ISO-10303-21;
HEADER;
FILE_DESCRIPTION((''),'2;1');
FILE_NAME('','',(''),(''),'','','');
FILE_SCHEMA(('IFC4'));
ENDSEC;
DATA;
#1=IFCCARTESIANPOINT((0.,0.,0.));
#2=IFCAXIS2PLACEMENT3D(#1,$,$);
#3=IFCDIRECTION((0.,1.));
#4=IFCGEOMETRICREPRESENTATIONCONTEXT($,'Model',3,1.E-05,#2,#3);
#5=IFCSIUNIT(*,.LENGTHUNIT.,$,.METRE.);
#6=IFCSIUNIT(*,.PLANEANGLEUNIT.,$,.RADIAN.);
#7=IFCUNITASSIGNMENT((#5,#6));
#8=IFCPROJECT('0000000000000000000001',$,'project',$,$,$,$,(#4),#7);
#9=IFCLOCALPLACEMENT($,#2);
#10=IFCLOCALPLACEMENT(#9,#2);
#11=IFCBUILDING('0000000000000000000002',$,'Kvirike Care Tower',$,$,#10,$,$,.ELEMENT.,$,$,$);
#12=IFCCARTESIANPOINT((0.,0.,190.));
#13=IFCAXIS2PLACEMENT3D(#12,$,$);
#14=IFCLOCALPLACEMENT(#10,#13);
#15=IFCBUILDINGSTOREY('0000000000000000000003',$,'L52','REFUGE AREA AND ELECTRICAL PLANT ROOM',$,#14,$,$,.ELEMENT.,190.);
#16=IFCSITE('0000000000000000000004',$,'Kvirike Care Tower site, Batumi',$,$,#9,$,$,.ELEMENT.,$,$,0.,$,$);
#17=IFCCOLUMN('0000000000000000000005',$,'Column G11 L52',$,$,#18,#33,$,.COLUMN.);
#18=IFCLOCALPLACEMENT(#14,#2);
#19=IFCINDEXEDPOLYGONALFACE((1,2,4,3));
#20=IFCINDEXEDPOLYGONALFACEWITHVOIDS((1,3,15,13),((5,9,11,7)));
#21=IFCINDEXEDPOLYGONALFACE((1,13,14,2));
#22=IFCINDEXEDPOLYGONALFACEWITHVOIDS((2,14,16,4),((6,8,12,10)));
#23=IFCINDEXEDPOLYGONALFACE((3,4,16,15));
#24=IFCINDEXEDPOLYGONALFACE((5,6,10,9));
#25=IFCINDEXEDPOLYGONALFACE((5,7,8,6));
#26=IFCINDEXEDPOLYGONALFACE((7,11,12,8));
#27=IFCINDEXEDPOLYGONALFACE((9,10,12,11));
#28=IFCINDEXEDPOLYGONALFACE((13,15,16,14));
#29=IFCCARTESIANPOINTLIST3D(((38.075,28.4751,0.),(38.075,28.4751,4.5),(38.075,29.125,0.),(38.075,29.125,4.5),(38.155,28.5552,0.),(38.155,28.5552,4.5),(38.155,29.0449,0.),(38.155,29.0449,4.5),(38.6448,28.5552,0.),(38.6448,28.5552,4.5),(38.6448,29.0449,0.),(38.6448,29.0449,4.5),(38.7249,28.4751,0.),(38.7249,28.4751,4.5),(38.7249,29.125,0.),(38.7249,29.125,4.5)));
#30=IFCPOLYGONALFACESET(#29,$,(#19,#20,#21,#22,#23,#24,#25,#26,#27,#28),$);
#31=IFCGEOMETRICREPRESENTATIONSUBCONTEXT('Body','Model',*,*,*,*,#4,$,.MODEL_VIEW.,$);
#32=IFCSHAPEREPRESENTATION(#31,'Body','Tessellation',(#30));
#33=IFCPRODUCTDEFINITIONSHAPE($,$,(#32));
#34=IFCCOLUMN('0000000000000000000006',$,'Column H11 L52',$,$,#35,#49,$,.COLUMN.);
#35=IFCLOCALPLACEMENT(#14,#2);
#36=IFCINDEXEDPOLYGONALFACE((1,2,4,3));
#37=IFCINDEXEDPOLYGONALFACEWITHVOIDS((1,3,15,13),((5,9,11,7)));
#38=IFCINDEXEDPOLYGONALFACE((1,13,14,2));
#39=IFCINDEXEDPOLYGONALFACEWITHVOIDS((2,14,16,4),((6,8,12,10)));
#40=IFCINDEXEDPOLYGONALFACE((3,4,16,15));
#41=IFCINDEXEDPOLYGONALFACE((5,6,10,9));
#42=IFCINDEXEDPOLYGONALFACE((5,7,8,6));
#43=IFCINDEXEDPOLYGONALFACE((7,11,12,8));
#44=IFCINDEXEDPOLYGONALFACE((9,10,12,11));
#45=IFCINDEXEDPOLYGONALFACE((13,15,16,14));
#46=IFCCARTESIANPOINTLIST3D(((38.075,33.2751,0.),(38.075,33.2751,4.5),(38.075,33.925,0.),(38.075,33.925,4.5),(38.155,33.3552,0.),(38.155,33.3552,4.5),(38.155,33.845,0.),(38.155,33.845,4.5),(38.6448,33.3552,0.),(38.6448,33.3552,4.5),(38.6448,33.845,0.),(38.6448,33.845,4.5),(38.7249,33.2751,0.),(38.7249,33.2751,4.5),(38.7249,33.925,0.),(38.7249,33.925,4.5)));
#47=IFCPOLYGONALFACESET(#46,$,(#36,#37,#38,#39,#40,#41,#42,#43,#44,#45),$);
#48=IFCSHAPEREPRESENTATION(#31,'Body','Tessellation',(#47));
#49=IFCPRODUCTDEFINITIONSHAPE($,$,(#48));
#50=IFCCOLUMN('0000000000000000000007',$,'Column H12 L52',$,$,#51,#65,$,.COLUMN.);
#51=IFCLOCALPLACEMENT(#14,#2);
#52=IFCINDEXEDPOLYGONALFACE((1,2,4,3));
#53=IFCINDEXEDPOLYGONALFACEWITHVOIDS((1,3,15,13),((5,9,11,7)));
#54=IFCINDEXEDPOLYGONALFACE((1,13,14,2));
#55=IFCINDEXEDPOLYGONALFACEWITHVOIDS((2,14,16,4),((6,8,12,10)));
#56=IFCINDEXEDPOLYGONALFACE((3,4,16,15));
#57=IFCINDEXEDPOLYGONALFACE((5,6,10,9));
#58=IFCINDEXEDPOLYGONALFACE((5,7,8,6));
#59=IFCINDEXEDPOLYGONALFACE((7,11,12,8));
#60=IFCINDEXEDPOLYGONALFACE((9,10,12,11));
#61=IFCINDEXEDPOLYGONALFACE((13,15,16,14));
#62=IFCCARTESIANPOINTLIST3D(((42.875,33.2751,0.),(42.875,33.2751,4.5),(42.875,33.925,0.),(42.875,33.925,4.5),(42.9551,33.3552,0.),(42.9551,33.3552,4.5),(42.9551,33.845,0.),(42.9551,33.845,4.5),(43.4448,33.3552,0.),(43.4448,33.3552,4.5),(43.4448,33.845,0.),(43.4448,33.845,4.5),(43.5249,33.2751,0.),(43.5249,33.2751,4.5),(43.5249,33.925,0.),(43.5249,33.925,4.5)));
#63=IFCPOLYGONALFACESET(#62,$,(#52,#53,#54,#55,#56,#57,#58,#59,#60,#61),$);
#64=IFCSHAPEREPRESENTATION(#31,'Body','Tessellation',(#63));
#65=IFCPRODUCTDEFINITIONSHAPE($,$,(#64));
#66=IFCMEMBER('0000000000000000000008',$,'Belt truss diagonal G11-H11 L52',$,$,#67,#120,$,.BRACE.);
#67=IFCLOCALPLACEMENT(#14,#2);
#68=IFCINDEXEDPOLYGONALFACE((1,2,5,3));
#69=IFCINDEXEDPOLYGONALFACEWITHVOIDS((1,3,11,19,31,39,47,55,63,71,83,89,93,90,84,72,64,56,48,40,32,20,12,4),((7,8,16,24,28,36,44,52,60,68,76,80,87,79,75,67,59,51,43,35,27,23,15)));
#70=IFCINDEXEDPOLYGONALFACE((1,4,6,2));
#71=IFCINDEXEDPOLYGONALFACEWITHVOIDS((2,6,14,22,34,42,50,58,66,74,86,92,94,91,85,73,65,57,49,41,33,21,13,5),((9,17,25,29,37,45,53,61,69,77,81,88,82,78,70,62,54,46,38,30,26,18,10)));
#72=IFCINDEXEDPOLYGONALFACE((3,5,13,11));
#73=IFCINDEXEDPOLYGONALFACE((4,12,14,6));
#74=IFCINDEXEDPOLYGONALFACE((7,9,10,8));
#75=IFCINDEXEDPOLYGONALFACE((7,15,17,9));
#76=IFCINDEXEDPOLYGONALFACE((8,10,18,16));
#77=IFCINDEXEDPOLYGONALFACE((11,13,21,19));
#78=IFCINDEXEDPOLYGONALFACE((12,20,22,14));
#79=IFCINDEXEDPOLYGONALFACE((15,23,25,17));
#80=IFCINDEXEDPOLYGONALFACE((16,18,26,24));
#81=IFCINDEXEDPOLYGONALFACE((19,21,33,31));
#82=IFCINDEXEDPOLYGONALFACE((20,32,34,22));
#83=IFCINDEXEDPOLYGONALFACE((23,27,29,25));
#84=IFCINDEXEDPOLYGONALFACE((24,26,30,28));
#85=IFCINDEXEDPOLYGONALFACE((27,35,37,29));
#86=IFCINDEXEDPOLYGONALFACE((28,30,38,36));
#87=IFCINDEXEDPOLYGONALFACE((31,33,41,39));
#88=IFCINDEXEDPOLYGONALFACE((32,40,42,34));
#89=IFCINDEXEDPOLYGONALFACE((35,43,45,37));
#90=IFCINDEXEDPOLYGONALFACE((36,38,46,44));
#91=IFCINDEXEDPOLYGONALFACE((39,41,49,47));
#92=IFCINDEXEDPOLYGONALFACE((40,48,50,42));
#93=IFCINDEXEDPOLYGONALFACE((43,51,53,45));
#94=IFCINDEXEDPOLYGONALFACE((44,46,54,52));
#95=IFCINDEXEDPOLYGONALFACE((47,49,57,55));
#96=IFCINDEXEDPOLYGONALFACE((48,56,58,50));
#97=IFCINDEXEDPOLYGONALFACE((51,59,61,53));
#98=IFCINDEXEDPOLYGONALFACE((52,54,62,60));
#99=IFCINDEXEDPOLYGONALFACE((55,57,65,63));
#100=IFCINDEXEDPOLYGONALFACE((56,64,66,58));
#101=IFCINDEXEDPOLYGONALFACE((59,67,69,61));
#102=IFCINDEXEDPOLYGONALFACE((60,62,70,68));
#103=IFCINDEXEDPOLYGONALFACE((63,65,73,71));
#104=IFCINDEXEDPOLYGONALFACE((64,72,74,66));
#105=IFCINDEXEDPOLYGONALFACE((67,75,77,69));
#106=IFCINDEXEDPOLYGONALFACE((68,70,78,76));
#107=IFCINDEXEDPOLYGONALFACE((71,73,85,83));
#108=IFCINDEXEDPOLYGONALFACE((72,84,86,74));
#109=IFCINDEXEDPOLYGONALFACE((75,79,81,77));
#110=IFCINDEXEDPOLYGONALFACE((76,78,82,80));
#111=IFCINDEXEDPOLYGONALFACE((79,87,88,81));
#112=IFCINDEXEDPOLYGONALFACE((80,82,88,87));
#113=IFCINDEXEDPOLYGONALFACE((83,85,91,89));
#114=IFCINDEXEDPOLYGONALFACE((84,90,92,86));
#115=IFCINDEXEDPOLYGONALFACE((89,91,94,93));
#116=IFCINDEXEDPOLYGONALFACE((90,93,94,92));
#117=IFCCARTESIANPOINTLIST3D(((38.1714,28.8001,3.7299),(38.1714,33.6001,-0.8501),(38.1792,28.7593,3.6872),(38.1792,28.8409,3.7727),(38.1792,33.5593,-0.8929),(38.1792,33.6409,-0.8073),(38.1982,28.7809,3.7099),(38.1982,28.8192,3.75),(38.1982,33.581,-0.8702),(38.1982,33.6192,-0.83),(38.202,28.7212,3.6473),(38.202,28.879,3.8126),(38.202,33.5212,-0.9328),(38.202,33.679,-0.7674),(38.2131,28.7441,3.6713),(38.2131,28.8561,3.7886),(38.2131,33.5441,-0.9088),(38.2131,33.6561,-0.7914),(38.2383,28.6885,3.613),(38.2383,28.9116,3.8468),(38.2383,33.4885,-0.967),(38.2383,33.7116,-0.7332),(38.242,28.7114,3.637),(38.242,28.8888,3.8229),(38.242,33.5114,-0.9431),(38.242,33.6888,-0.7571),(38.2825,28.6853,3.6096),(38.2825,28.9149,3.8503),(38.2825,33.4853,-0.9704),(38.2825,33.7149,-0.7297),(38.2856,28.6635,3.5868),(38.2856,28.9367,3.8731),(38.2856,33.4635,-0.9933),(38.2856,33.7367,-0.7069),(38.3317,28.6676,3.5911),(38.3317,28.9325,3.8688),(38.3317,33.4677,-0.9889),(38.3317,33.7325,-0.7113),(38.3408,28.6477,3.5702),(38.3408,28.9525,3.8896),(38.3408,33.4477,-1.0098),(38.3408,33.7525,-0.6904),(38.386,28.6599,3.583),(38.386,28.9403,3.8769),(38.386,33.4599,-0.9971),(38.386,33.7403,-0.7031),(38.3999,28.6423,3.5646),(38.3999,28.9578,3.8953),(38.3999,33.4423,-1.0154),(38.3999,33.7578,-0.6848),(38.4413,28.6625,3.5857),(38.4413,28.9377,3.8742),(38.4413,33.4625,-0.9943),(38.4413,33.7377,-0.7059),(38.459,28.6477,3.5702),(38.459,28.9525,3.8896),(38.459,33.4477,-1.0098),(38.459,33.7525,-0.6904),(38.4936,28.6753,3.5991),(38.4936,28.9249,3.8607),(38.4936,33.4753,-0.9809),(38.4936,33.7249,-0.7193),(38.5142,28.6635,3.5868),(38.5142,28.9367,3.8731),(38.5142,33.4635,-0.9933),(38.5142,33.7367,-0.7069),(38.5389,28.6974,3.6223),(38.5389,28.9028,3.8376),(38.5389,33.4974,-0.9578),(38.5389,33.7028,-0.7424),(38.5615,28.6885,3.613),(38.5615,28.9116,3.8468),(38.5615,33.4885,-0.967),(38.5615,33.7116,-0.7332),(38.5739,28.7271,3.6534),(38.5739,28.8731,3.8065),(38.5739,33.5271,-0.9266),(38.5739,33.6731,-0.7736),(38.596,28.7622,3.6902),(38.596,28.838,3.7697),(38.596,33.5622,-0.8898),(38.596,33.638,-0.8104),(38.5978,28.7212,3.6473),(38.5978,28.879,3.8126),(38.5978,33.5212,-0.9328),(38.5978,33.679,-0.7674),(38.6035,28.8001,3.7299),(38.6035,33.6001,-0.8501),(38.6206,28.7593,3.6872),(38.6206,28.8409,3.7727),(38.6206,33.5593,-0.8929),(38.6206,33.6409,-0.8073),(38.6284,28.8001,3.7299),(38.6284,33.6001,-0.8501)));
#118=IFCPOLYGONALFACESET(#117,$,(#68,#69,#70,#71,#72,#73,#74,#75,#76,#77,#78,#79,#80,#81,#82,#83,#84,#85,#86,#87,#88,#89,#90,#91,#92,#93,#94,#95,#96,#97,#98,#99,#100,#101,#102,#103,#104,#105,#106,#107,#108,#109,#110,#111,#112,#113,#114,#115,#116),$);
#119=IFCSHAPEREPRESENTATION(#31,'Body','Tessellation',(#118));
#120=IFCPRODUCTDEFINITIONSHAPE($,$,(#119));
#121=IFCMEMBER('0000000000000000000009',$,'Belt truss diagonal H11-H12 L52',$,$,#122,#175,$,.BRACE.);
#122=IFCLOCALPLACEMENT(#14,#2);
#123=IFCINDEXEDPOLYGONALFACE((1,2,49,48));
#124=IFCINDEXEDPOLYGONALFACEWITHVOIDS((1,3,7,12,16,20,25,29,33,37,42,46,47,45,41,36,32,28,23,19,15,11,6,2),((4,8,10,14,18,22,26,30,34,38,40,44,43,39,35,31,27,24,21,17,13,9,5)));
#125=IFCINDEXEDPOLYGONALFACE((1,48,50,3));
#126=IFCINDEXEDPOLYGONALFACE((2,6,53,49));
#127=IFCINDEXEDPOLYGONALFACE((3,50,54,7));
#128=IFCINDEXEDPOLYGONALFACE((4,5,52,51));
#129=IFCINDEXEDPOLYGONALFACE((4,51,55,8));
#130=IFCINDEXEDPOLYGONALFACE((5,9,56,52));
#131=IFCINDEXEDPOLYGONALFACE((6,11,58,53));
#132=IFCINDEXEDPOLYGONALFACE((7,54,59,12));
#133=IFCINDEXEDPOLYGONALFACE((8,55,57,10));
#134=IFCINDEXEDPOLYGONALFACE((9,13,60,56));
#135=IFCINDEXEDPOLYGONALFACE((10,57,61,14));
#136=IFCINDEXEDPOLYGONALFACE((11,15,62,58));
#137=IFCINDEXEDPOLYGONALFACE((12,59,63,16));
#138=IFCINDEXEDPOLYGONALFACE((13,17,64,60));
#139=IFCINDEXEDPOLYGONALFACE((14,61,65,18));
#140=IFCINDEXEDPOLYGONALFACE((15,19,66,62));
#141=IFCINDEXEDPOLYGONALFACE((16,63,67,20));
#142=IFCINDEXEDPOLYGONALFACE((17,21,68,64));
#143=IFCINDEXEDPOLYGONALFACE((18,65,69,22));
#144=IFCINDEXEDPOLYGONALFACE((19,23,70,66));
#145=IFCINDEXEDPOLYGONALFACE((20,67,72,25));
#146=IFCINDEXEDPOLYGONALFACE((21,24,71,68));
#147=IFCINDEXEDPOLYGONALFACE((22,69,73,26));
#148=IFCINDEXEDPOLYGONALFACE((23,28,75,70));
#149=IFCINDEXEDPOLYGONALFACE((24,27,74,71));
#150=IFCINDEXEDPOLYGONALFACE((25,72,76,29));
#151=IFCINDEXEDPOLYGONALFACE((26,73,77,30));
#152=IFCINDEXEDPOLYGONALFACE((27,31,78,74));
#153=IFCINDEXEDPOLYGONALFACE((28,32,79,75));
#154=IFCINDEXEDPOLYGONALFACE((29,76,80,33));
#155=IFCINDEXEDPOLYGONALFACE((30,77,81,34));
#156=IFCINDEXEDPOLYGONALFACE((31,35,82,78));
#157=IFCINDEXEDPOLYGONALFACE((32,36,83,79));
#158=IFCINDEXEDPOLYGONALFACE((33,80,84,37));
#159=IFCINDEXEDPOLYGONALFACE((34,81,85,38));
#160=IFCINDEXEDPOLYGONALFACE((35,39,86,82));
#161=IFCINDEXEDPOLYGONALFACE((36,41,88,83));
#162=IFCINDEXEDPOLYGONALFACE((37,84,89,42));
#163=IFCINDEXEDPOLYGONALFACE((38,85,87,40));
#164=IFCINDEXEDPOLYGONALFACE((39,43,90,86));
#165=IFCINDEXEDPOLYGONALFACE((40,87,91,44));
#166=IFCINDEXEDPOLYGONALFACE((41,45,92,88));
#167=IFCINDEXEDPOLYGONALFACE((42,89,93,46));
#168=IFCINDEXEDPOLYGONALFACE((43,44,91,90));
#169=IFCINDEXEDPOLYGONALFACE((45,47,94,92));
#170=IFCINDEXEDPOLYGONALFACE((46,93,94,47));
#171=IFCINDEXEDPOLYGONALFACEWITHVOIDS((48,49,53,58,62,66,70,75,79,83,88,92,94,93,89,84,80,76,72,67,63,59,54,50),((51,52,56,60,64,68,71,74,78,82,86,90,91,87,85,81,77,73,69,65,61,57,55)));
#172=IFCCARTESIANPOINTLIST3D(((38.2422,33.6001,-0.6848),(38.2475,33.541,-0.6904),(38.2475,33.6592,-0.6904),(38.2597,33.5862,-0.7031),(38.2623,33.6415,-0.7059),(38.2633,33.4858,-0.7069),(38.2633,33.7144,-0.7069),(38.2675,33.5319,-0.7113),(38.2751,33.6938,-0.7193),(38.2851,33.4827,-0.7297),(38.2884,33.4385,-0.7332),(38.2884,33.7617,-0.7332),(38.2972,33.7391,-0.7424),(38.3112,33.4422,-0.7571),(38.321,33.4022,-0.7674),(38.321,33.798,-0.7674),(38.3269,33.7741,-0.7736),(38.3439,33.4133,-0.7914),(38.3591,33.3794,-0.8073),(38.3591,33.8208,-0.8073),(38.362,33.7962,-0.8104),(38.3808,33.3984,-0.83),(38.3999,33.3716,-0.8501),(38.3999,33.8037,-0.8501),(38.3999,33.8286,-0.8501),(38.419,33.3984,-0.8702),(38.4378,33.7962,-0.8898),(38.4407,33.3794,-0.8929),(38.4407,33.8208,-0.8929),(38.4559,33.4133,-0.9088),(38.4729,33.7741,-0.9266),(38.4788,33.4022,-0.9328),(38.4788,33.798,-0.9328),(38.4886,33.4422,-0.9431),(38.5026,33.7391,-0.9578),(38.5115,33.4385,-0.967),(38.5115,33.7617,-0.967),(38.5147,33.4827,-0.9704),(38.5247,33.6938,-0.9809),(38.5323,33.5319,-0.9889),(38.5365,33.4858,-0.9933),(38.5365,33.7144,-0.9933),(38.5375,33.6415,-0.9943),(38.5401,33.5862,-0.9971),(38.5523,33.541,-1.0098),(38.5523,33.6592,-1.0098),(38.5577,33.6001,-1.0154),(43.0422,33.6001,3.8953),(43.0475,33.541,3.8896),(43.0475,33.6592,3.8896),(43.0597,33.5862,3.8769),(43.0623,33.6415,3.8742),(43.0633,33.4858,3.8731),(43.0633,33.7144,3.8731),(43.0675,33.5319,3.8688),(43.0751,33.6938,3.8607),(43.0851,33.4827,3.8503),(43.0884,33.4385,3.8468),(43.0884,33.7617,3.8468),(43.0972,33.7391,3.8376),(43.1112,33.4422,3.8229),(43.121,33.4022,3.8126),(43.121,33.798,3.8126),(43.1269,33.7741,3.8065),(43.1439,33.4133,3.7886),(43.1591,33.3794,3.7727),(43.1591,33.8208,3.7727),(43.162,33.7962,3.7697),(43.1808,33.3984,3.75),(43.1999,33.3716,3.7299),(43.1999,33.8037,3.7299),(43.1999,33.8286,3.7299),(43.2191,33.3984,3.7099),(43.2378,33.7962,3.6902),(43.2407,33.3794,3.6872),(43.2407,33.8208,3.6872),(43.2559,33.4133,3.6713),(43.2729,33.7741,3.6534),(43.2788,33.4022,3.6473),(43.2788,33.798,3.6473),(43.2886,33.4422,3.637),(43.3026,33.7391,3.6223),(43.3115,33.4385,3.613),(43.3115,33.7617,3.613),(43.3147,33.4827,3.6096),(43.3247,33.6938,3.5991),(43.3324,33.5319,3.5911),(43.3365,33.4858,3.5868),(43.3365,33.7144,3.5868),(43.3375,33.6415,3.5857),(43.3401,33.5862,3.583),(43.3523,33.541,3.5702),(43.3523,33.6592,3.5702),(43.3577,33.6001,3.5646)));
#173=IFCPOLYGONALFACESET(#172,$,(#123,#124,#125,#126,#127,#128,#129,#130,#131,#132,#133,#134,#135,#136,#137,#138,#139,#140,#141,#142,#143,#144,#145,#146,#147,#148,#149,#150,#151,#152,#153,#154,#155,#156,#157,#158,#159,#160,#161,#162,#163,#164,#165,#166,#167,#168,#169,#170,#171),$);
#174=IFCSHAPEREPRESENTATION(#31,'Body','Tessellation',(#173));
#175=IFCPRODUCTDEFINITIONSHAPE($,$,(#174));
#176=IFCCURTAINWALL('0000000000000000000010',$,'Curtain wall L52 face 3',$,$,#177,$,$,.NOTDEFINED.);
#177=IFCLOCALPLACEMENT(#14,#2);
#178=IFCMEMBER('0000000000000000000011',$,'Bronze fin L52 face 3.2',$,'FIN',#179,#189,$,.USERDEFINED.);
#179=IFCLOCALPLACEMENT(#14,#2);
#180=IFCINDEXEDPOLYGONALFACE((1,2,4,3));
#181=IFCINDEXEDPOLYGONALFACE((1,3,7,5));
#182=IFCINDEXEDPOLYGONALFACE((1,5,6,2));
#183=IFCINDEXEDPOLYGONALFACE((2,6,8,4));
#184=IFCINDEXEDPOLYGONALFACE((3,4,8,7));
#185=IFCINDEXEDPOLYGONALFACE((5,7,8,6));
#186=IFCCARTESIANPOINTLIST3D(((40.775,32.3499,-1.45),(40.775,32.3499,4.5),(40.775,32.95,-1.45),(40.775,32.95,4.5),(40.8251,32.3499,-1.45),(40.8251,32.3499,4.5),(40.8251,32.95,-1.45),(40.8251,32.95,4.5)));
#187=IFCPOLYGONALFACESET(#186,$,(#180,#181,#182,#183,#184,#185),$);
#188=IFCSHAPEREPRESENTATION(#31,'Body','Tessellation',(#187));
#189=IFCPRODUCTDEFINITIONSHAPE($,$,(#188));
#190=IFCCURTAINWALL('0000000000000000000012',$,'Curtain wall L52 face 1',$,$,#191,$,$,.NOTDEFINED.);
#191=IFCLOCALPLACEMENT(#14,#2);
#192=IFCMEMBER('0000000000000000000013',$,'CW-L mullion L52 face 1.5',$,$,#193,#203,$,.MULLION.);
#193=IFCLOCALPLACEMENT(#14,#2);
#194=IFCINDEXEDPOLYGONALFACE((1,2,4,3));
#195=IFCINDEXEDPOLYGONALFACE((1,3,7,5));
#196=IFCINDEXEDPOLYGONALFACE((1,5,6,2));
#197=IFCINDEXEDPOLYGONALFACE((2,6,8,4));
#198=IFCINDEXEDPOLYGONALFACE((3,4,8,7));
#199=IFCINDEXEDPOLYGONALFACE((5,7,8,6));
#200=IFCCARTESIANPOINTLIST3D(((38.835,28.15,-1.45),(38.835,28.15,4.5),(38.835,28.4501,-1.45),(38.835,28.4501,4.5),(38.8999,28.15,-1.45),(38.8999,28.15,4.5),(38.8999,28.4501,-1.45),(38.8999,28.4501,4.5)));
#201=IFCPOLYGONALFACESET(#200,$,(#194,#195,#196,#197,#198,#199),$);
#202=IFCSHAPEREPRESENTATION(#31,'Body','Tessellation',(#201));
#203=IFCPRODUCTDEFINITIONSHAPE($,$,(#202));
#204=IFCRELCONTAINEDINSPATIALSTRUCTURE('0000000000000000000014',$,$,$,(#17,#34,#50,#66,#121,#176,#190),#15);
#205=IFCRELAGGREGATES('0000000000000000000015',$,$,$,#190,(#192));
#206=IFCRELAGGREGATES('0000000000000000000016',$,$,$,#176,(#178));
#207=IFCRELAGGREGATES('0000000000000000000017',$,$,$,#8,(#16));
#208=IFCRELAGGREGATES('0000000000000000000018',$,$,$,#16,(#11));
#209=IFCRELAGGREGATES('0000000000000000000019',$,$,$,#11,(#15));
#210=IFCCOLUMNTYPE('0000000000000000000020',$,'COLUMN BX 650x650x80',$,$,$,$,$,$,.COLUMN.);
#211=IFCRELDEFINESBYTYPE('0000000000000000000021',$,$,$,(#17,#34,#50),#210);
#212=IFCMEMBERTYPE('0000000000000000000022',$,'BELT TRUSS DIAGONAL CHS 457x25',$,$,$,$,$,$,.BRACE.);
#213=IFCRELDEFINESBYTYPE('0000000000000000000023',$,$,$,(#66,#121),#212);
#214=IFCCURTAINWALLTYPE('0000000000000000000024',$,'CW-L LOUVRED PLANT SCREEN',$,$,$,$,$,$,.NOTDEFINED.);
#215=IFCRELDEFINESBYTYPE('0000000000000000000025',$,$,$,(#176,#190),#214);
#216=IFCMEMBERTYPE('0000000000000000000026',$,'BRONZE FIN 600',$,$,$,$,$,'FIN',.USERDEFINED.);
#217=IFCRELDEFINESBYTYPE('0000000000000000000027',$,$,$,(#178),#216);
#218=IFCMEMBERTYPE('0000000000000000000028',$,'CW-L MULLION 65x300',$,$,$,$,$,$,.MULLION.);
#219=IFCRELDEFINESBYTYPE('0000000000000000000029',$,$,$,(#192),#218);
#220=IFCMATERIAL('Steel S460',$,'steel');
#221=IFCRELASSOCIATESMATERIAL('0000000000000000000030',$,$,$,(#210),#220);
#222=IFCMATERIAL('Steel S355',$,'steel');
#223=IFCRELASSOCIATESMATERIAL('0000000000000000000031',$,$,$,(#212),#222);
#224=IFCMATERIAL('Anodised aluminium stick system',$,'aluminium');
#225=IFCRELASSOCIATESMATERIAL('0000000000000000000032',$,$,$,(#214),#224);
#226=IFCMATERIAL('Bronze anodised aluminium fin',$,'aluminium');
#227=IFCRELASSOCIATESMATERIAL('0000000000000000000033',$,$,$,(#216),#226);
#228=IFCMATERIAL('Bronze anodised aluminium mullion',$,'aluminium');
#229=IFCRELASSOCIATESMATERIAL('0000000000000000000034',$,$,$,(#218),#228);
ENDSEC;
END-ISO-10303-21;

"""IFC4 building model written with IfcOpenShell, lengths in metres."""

from ifc_helpers import new_model, si_unit, direction, frame, origin, origin_2d, place, context, subcontext, project, spatial, rectangle, hollow_rectangle, hollow_circle, extrude, material, material_profile, profile_set, type_object, element, aggregate, save


model = new_model("IFC4")

# Units and contexts
model_context = context("Model", 3, precision=1e-05, world=origin(), true_north=direction((0.0, 1.0)))
body_context = subcontext(model_context, "Body", "Model", "MODEL_VIEW")
ifc_project = project(units=[si_unit("LENGTHUNIT", "METRE"), si_unit("PLANEANGLEUNIT", "RADIAN")], contexts=[model_context])

# Site, building, storey
site_placement = place(None, origin())
site = spatial("IfcSite", under=ifc_project, at=site_placement, Name="Kvirike Care Tower site, Batumi", CompositionType="ELEMENT", RefElevation=0.0)
building_placement = place(site_placement, origin())
building = spatial("IfcBuilding", under=site, at=building_placement, Name="Kvirike Care Tower", CompositionType="ELEMENT")
storey_placement = place(building_placement, frame((0.0, 0.0, 190.0)))
storey = spatial("IfcBuildingStorey", under=building, at=storey_placement, Name="L52", Description="REFUGE AREA AND ELECTRICAL PLANT ROOM", CompositionType="ELEMENT", Elevation=190.0)

# Columns
ifc_material_1 = material(Name="Steel S460", Category="steel")
ifc_material_profile_1 = material_profile(ifc_material_1, hollow_rectangle(XDim=0.6499, YDim=0.6499, WallThickness=0.0801, at=origin_2d()), Name="BX 650x650x80")
ifc_profile_set_1 = profile_set([ifc_material_profile_1], Name="Steel S460")
column_type = type_object("IfcColumnType", Name="COLUMN BX 650x650x80", PredefinedType="COLUMN", material=ifc_profile_set_1)
for number, where, z_axis, x_axis, name in (
    (1, (38.3999, 28.8, 0.0), (0.0, 0.0, 1.0), (0.0, 1.0, 0.0), "Column G11 L52"),
    (2, (38.3999, 33.6001, 0.0), (0.0, 0.0, 1.0), (0.0, 1.0, 0.0), "Column H11 L52"),
    (3, (43.2, 33.6001, 0.0), (0.0, 0.0, 1.0), (0.0, 1.0, 0.0), "Column H12 L52"),
):
    element("IfcColumn", number, at=place(storey_placement, frame(where, z_axis=z_axis, x_axis=x_axis)), inside=storey, type_object=column_type, Name=name, PredefinedType="COLUMN", context=body_context, shape_type="SweptSolid", body=[
        extrude(hollow_rectangle(XDim=0.6499, YDim=0.6499, WallThickness=0.0801, at=origin_2d()), origin(), (0.0, 0.0, 1.0), 4.5),
    ])

# Members
ifc_material_2 = material(Name="Steel S355", Category="steel")
ifc_material_profile_2 = material_profile(ifc_material_2, hollow_circle(Radius=0.2285, WallThickness=0.0249, at=origin_2d()), Name="CHS 457x25")
ifc_profile_set_2 = profile_set([ifc_material_profile_2], Name="Steel S355")
member_type_1 = type_object("IfcMemberType", Name="BELT TRUSS DIAGONAL CHS 457x25", PredefinedType="BRACE", material=ifc_profile_set_2)
for number, where, z_axis, x_axis, name in (
    (4, (38.3999, 33.6001, -0.8501), (0.0, -0.72349, 0.690335), (1.0, 0.0, 0.0), "Belt truss diagonal G11-H11 L52"),
    (5, (38.3999, 33.6001, -0.8501), (0.72349, 0.0, 0.690335), (0.0, 1.0, 0.0), "Belt truss diagonal H11-H12 L52"),
):
    element("IfcMember", number, at=place(storey_placement, frame(where, z_axis=z_axis, x_axis=x_axis)), inside=storey, type_object=member_type_1, Name=name, PredefinedType="BRACE", context=body_context, shape_type="SweptSolid", body=[
        extrude(hollow_circle(Radius=0.2285, WallThickness=0.0249, at=origin_2d()), origin(), (0.0, 0.0, 1.0), 6.6345),
    ])

# Curtain walls, members
ifc_material_3 = material(Name="Anodised aluminium stick system", Category="aluminium")
curtain_wall_type = type_object("IfcCurtainWallType", Name="CW-L LOUVRED PLANT SCREEN", PredefinedType="NOTDEFINED", material=ifc_material_3)
curtain_wall_1_placement = place(storey_placement, origin())
curtain_wall_1 = element("IfcCurtainWall", 6, at=curtain_wall_1_placement, inside=storey, type_object=curtain_wall_type, Name="Curtain wall L52 face 3", PredefinedType="NOTDEFINED")
ifc_material_4 = material(Name="Bronze anodised aluminium fin", Category="aluminium")
ifc_material_profile_3 = material_profile(ifc_material_4, rectangle(XDim=0.05, YDim=0.6001, at=origin_2d()), Name="BRONZE FIN 600")
ifc_profile_set_3 = profile_set([ifc_material_profile_3], Name="Bronze anodised aluminium fin")
member_type_2 = type_object("IfcMemberType", Name="BRONZE FIN 600", ElementType="FIN", PredefinedType="USERDEFINED", material=ifc_profile_set_3)
member_1_placement = place(storey_placement, frame((40.8, 32.6499, -1.45), z_axis=(0.0, 0.0, 1.0), x_axis=(1.0, 0.0, 0.0)))
member_1 = element("IfcMember", 7, at=member_1_placement, type_object=member_type_2, Name="Bronze fin L52 face 3.2", ObjectType="FIN", PredefinedType="USERDEFINED", context=body_context, shape_type="SweptSolid", body=[
    extrude(rectangle(XDim=0.05, YDim=0.6001, at=origin_2d()), origin(), (0.0, 0.0, 1.0), 5.95),
])
curtain_wall_2_placement = place(storey_placement, origin())
curtain_wall_2 = element("IfcCurtainWall", 8, at=curtain_wall_2_placement, inside=storey, type_object=curtain_wall_type, Name="Curtain wall L52 face 1", PredefinedType="NOTDEFINED")
ifc_material_5 = material(Name="Bronze anodised aluminium mullion", Category="aluminium")
ifc_material_profile_4 = material_profile(ifc_material_5, rectangle(XDim=0.0649, YDim=0.3, at=origin_2d()), Name="CW-L MULLION 65x300")
ifc_profile_set_4 = profile_set([ifc_material_profile_4], Name="Bronze anodised aluminium mullion")
member_type_3 = type_object("IfcMemberType", Name="CW-L MULLION 65x300", PredefinedType="MULLION", material=ifc_profile_set_4)
member_2_placement = place(storey_placement, frame((38.8674, 28.3, -1.45), z_axis=(0.0, 0.0, 1.0), x_axis=(1.0, 0.0, 0.0)))
member_2 = element("IfcMember", 9, at=member_2_placement, type_object=member_type_3, Name="CW-L mullion L52 face 1.5", PredefinedType="MULLION", context=body_context, shape_type="SweptSolid", body=[
    extrude(rectangle(XDim=0.0649, YDim=0.3, at=origin_2d()), origin(), (0.0, 0.0, 1.0), 5.95),
])

aggregate(curtain_wall_2, [member_2])
aggregate(curtain_wall_1, [member_1])

save(model, "model.ifc")
